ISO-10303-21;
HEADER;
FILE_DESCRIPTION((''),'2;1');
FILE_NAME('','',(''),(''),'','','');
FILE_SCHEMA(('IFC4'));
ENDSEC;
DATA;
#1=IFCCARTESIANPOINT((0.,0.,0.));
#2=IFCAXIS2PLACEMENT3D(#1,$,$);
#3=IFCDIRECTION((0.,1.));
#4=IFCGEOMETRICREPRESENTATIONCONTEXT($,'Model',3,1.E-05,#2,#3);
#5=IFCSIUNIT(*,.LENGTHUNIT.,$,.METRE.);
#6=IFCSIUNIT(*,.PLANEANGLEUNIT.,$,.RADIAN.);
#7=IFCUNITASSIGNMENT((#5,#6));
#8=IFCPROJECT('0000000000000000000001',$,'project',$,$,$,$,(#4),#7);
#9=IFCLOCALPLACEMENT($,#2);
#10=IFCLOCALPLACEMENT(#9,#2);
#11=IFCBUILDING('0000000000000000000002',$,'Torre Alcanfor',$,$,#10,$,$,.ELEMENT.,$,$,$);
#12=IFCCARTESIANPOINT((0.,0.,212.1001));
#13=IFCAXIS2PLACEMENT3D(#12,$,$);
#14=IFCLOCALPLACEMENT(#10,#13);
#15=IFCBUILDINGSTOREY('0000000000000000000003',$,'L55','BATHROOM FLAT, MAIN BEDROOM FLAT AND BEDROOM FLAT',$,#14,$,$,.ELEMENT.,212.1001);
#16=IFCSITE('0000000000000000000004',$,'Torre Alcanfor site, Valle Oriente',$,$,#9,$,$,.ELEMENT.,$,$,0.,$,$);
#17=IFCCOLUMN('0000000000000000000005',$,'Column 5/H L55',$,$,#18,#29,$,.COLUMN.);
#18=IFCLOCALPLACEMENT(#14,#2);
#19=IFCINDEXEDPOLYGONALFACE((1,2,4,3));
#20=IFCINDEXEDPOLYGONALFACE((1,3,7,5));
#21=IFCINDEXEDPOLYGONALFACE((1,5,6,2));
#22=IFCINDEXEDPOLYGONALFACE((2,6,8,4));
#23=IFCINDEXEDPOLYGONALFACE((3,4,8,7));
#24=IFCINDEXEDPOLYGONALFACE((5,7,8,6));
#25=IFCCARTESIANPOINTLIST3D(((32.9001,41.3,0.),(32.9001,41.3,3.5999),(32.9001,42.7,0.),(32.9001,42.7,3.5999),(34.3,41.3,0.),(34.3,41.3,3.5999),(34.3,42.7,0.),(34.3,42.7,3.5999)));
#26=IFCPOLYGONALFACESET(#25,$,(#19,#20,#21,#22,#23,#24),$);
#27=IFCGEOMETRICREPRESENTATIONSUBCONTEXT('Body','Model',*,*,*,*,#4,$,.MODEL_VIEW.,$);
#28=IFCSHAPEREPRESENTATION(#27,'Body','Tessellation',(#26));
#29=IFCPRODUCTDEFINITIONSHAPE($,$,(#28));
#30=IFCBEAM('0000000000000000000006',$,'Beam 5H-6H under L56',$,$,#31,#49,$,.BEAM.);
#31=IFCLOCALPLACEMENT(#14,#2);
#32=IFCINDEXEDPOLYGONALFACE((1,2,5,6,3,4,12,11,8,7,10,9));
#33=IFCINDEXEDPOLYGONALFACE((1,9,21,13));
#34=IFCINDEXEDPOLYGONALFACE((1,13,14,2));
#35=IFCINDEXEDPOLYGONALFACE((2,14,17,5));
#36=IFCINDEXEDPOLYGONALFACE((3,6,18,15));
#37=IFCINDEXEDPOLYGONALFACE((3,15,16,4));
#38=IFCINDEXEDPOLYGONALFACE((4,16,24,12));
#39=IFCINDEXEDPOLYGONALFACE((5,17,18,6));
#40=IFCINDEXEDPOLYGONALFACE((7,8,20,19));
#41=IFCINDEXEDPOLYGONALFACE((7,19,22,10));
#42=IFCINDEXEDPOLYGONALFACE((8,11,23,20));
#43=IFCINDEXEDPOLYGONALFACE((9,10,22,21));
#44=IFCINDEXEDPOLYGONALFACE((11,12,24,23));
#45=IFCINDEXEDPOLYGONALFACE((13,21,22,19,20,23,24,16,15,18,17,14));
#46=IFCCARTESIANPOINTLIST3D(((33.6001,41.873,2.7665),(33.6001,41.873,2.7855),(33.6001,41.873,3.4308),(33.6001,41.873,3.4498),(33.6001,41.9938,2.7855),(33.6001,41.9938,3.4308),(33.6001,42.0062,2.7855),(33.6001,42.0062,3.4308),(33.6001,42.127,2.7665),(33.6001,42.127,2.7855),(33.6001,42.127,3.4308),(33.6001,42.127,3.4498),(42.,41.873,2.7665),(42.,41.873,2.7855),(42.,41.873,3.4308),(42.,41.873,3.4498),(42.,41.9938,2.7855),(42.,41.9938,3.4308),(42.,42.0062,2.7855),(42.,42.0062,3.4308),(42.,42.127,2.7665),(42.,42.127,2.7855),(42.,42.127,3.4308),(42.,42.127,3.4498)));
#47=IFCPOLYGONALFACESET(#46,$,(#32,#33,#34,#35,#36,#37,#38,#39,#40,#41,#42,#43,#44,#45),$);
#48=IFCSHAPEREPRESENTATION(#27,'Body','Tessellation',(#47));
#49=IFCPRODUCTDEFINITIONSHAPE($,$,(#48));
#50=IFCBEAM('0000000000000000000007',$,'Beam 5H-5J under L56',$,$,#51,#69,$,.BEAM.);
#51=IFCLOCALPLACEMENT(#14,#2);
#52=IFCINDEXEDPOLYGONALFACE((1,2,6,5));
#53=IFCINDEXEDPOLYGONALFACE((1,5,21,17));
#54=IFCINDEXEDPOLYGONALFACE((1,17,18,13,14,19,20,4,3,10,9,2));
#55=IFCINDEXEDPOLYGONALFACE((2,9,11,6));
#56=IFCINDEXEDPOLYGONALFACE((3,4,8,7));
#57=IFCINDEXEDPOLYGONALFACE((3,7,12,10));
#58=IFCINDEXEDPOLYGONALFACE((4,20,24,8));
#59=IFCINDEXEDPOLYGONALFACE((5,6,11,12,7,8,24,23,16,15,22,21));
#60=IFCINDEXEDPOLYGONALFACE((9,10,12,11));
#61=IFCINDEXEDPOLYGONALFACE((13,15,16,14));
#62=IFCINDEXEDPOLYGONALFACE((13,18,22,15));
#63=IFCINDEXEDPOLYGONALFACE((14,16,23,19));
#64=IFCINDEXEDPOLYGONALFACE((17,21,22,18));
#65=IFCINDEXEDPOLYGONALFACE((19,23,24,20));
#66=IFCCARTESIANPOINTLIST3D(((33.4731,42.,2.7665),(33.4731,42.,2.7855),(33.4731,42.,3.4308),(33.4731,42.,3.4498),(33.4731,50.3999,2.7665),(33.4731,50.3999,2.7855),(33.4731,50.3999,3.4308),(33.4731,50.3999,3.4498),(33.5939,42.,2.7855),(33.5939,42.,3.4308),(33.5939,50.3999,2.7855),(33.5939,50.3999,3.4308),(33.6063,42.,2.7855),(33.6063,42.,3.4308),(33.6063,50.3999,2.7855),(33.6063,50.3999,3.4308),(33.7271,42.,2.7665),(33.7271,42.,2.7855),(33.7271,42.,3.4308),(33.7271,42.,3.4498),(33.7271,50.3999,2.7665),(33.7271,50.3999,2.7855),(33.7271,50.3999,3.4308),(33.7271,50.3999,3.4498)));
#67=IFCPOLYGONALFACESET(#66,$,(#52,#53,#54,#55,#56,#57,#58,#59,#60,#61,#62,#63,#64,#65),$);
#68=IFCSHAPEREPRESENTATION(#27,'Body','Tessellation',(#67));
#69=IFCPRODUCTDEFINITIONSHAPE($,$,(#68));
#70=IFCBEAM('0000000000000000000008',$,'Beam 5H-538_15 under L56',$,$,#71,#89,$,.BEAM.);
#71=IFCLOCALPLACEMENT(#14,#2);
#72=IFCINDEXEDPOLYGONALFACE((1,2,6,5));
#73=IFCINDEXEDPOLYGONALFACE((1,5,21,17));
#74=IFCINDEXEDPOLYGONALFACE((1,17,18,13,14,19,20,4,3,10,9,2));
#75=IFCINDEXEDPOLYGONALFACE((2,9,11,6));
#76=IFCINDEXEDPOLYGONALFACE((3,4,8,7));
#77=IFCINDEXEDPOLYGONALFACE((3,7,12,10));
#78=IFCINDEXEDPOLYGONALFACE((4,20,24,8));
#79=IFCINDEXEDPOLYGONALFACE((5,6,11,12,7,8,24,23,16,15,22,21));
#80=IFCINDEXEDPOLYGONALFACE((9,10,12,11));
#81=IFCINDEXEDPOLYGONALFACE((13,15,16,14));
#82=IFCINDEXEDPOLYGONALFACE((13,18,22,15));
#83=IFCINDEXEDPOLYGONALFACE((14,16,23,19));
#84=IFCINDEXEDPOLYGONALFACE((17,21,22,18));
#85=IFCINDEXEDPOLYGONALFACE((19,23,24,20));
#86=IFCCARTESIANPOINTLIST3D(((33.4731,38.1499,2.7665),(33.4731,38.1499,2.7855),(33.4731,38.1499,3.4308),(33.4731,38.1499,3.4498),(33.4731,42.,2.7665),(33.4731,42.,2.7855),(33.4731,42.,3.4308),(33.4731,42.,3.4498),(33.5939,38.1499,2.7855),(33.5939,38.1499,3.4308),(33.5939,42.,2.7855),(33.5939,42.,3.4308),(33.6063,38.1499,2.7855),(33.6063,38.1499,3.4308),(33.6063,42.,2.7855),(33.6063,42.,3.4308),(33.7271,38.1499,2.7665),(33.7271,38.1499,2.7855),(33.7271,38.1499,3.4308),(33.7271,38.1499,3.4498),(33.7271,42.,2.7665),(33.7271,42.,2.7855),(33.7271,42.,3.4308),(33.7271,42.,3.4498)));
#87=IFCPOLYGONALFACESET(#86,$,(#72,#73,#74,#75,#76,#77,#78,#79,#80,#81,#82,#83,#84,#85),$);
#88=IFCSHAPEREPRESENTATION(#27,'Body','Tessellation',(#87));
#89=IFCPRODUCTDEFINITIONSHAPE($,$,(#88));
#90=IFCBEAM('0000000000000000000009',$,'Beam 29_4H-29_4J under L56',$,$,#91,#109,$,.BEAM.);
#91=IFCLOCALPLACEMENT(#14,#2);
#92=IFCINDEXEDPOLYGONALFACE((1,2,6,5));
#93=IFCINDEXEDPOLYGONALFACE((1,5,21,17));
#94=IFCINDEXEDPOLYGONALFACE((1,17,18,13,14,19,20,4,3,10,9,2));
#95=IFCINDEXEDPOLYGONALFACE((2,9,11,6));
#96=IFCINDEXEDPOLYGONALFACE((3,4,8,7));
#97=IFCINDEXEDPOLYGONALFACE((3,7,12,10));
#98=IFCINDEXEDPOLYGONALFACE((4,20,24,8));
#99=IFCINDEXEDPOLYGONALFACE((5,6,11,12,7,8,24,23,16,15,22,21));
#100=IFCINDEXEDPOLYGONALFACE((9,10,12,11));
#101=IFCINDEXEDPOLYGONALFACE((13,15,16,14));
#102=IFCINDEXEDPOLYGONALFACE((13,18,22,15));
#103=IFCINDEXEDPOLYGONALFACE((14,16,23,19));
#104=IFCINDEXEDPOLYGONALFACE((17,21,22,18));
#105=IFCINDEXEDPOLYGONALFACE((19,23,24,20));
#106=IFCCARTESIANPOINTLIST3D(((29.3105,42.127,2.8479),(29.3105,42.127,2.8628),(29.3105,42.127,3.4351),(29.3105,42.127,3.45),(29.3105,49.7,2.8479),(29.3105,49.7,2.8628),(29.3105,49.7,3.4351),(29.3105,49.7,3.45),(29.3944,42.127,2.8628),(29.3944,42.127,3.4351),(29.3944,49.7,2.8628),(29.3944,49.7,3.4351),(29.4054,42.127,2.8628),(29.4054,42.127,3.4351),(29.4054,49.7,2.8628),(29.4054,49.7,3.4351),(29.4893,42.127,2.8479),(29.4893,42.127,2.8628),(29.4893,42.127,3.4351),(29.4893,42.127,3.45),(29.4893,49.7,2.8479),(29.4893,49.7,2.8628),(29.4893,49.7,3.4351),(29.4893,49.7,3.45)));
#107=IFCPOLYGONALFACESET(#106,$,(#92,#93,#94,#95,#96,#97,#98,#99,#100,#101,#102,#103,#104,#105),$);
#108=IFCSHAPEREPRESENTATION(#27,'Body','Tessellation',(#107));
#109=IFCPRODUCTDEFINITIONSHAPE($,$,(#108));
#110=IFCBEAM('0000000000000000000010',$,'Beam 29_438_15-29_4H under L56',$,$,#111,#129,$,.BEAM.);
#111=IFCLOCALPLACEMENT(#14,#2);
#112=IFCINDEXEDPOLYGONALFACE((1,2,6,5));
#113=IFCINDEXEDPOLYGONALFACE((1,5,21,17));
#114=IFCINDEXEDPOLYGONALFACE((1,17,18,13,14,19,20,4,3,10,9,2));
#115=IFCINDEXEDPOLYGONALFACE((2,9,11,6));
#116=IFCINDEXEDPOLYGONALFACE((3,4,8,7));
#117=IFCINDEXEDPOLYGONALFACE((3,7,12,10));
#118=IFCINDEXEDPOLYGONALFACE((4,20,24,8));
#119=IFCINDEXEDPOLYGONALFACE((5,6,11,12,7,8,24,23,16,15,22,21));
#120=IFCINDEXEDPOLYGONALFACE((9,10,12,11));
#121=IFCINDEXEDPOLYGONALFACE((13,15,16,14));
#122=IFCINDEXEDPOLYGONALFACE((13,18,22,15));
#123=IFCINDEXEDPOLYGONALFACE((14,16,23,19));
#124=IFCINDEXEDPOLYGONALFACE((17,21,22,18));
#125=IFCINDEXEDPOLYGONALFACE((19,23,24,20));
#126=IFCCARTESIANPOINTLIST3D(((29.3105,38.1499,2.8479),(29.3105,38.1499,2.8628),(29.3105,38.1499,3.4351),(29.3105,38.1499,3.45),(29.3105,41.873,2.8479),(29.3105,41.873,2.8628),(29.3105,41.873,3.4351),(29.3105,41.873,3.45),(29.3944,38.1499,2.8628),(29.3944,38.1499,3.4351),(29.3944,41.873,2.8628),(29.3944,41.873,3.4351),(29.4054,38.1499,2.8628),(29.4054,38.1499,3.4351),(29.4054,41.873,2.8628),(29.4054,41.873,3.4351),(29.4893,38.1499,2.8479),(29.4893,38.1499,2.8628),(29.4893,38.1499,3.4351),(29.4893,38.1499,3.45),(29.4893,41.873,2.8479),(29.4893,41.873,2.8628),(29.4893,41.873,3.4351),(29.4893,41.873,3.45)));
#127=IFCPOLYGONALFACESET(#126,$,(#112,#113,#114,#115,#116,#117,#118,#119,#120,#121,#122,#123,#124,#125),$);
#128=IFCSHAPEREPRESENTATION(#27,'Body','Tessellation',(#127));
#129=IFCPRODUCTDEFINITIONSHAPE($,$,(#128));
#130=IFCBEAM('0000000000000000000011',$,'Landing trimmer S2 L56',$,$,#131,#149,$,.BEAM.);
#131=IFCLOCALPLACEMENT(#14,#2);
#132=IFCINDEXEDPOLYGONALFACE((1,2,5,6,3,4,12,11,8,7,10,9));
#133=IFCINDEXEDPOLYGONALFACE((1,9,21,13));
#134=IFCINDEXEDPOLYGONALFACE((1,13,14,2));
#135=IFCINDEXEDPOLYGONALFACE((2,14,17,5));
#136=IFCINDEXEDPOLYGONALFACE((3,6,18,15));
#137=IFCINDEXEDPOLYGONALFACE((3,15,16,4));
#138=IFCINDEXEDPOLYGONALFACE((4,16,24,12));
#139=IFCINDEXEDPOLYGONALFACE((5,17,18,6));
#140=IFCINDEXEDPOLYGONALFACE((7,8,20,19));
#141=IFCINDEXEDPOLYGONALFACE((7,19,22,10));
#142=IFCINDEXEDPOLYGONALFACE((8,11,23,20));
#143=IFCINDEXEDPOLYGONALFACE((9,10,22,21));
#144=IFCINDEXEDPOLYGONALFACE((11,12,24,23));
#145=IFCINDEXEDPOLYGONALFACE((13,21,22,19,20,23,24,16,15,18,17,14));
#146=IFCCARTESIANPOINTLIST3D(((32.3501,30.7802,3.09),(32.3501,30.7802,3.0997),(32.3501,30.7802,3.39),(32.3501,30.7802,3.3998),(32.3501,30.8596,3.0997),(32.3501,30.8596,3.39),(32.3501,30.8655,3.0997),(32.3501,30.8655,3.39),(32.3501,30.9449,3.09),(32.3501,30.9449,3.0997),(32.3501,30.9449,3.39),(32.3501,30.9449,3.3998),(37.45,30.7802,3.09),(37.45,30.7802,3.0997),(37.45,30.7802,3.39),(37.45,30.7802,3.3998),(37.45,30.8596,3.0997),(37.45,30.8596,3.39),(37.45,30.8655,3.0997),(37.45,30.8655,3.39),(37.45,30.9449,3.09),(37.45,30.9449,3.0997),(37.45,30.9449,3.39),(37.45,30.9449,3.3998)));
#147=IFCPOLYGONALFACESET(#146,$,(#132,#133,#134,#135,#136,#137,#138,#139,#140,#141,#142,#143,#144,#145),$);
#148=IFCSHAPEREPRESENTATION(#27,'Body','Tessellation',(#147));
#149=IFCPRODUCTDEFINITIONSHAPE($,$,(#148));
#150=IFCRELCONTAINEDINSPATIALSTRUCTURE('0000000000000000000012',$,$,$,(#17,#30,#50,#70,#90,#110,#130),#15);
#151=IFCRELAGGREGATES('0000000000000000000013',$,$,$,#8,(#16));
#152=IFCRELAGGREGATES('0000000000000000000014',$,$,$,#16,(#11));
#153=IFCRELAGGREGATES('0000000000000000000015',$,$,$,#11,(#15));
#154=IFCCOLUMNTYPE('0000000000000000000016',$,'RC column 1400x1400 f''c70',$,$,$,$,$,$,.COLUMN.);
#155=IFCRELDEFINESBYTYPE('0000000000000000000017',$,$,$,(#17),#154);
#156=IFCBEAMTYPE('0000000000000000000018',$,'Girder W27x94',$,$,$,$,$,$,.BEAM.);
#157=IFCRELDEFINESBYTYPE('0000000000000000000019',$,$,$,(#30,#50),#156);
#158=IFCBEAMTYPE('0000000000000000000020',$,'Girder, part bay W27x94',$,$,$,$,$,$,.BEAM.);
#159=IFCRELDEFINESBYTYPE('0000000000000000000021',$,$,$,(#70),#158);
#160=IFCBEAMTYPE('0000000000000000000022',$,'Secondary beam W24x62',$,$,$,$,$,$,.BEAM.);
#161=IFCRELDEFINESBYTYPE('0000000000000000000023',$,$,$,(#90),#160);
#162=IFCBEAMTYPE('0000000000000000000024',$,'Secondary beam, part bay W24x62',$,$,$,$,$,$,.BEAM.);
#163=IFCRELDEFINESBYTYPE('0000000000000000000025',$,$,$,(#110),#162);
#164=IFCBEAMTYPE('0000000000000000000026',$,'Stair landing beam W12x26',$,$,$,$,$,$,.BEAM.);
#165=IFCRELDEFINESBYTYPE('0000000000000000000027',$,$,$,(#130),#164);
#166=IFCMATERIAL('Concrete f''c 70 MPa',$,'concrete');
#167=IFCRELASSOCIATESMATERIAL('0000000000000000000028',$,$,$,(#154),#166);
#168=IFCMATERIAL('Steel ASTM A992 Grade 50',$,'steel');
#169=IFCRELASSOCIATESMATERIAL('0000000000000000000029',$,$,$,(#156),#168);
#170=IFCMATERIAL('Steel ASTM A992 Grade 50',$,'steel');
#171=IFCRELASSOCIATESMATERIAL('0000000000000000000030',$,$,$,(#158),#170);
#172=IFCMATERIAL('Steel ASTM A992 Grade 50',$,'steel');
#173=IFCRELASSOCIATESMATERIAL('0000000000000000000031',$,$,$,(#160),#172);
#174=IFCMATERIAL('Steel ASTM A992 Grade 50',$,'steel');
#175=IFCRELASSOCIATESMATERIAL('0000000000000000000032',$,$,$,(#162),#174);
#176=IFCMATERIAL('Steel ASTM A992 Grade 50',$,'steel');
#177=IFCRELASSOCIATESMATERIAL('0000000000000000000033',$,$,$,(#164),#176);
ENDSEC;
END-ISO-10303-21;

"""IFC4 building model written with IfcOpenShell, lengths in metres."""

from ifc_helpers import new_model, si_unit, direction, frame, origin, origin_2d, place, context, subcontext, project, spatial, rectangle, i_section, extrude, material, material_profile, profile_set, type_object, element, save


model = new_model("IFC4")

# Units and contexts
model_context = context("Model", 3, precision=1e-05, world=origin(), true_north=direction((0.0, 1.0)))
body_context = subcontext(model_context, "Body", "Model", "MODEL_VIEW")
ifc_project = project(units=[si_unit("LENGTHUNIT", "METRE"), si_unit("PLANEANGLEUNIT", "RADIAN")], contexts=[model_context])

# Site, building, storey
site_placement = place(None, origin())
site = spatial("IfcSite", under=ifc_project, at=site_placement, Name="Torre Alcanfor site, Valle Oriente", CompositionType="ELEMENT", RefElevation=0.0)
building_placement = place(site_placement, origin())
building = spatial("IfcBuilding", under=site, at=building_placement, Name="Torre Alcanfor", CompositionType="ELEMENT")
storey_placement = place(building_placement, frame((0.0, 0.0, 212.1001)))
storey = spatial("IfcBuildingStorey", under=building, at=storey_placement, Name="L55", Description="BATHROOM FLAT, MAIN BEDROOM FLAT AND BEDROOM FLAT", CompositionType="ELEMENT", Elevation=212.1001)

# Column
ifc_material_1 = material(Name="Concrete f'c 70 MPa", Category="concrete")
ifc_material_profile_1 = material_profile(ifc_material_1, rectangle(XDim=1.3999, YDim=1.3999, at=origin_2d()), Name="1400x1400")
ifc_profile_set_1 = profile_set([ifc_material_profile_1], Name="Concrete f'c 70 MPa")
column_type = type_object("IfcColumnType", Name="RC column 1400x1400 f'c70", PredefinedType="COLUMN", material=ifc_profile_set_1)
column_placement = place(storey_placement, frame((33.6001, 42.0, 0.0), z_axis=(0.0, 0.0, 1.0), x_axis=(1.0, 0.0, 0.0)))
element("IfcColumn", 1, at=column_placement, inside=storey, type_object=column_type, Name="Column 5/H L55", PredefinedType="COLUMN", context=body_context, shape_type="SweptSolid", body=[
    extrude(rectangle(XDim=1.3999, YDim=1.3999, at=origin_2d()), origin(), (0.0, 0.0, 1.0), 3.5999),
])

# Beams
ifc_material_2 = material(Name="Steel ASTM A992 Grade 50", Category="steel")
ifc_material_profile_2 = material_profile(ifc_material_2, i_section(OverallWidth=0.2539, OverallDepth=0.6833, WebThickness=0.0125, FlangeThickness=0.019, at=origin_2d()), Name="W27x94")
ifc_profile_set_2 = profile_set([ifc_material_profile_2], Name="Steel ASTM A992 Grade 50")
beam_type_1 = type_object("IfcBeamType", Name="Girder W27x94", PredefinedType="BEAM", material=ifc_profile_set_2)
for number, where, z_axis, x_axis, name in (
    (2, (33.6001, 42.0, 3.1082), (1.0, 0.0, 0.0), (0.0, 1.0, 0.0), "Beam 5H-6H under L56"),
    (3, (33.6001, 42.0, 3.1082), (0.0, 1.0, 0.0), (-1.0, 0.0, 0.0), "Beam 5H-5J under L56"),
):
    element("IfcBeam", number, at=place(storey_placement, frame(where, z_axis=z_axis, x_axis=x_axis)), inside=storey, type_object=beam_type_1, Name=name, PredefinedType="BEAM", context=body_context, shape_type="SweptSolid", body=[
        extrude(i_section(OverallWidth=0.2539, OverallDepth=0.6833, WebThickness=0.0125, FlangeThickness=0.019, at=origin_2d()), origin(), (0.0, 0.0, 1.0), 8.3999),
    ])
ifc_material_3 = material(Name="Steel ASTM A992 Grade 50", Category="steel")
ifc_material_profile_3 = material_profile(ifc_material_3, i_section(OverallWidth=0.2539, OverallDepth=0.6833, WebThickness=0.0125, FlangeThickness=0.019, at=origin_2d()), Name="W27x94")
ifc_profile_set_3 = profile_set([ifc_material_profile_3], Name="Steel ASTM A992 Grade 50")
beam_type_2 = type_object("IfcBeamType", Name="Girder, part bay W27x94", PredefinedType="BEAM", material=ifc_profile_set_3)
beam_1_placement = place(storey_placement, frame((33.6001, 42.0, 3.1082), z_axis=(0.0, -1.0, 0.0), x_axis=(1.0, 0.0, 0.0)))
element("IfcBeam", 4, at=beam_1_placement, inside=storey, type_object=beam_type_2, Name="Beam 5H-538_15 under L56", PredefinedType="BEAM", context=body_context, shape_type="SweptSolid", body=[
    extrude(i_section(OverallWidth=0.2539, OverallDepth=0.6833, WebThickness=0.0125, FlangeThickness=0.019, at=origin_2d()), origin(), (0.0, 0.0, 1.0), 3.8501),
])
ifc_material_4 = material(Name="Steel ASTM A992 Grade 50", Category="steel")
ifc_material_profile_4 = material_profile(ifc_material_4, i_section(OverallWidth=0.1787, OverallDepth=0.6021, WebThickness=0.011, FlangeThickness=0.0149, at=origin_2d()), Name="W24x62")
ifc_profile_set_4 = profile_set([ifc_material_profile_4], Name="Steel ASTM A992 Grade 50")
beam_type_3 = type_object("IfcBeamType", Name="Secondary beam W24x62", PredefinedType="BEAM", material=ifc_profile_set_4)
beam_2_placement = place(storey_placement, frame((29.3999, 42.127, 3.1489), z_axis=(0.0, 1.0, 0.0), x_axis=(-1.0, 0.0, 0.0)))
element("IfcBeam", 5, at=beam_2_placement, inside=storey, type_object=beam_type_3, Name="Beam 29_4H-29_4J under L56", PredefinedType="BEAM", context=body_context, shape_type="SweptSolid", body=[
    extrude(i_section(OverallWidth=0.1787, OverallDepth=0.6021, WebThickness=0.011, FlangeThickness=0.0149, at=origin_2d()), origin(), (0.0, 0.0, 1.0), 7.573),
])
ifc_material_5 = material(Name="Steel ASTM A992 Grade 50", Category="steel")
ifc_material_profile_5 = material_profile(ifc_material_5, i_section(OverallWidth=0.1787, OverallDepth=0.6021, WebThickness=0.011, FlangeThickness=0.0149, at=origin_2d()), Name="W24x62")
ifc_profile_set_5 = profile_set([ifc_material_profile_5], Name="Steel ASTM A992 Grade 50")
beam_type_4 = type_object("IfcBeamType", Name="Secondary beam, part bay W24x62", PredefinedType="BEAM", material=ifc_profile_set_5)
beam_3_placement = place(storey_placement, frame((29.3999, 38.1499, 3.1489), z_axis=(0.0, 1.0, 0.0), x_axis=(-1.0, 0.0, 0.0)))
element("IfcBeam", 6, at=beam_3_placement, inside=storey, type_object=beam_type_4, Name="Beam 29_438_15-29_4H under L56", PredefinedType="BEAM", context=body_context, shape_type="SweptSolid", body=[
    extrude(i_section(OverallWidth=0.1787, OverallDepth=0.6021, WebThickness=0.011, FlangeThickness=0.0149, at=origin_2d()), origin(), (0.0, 0.0, 1.0), 3.7231),
])
ifc_material_6 = material(Name="Steel ASTM A992 Grade 50", Category="steel")
ifc_material_profile_6 = material_profile(ifc_material_6, i_section(OverallWidth=0.1648, OverallDepth=0.3098, WebThickness=0.0059, FlangeThickness=0.0098, at=origin_2d()), Name="W12x26")
ifc_profile_set_6 = profile_set([ifc_material_profile_6], Name="Steel ASTM A992 Grade 50")
beam_type_5 = type_object("IfcBeamType", Name="Stair landing beam W12x26", PredefinedType="BEAM", material=ifc_profile_set_6)
beam_4_placement = place(storey_placement, frame((32.3501, 30.8625, 3.2449), z_axis=(1.0, 0.0, 0.0), x_axis=(0.0, 1.0, 0.0)))
element("IfcBeam", 7, at=beam_4_placement, inside=storey, type_object=beam_type_5, Name="Landing trimmer S2 L56", PredefinedType="BEAM", context=body_context, shape_type="SweptSolid", body=[
    extrude(i_section(OverallWidth=0.1648, OverallDepth=0.3098, WebThickness=0.0059, FlangeThickness=0.0098, at=origin_2d()), origin(), (0.0, 0.0, 1.0), 5.0999),
])

save(model, "model.ifc")
